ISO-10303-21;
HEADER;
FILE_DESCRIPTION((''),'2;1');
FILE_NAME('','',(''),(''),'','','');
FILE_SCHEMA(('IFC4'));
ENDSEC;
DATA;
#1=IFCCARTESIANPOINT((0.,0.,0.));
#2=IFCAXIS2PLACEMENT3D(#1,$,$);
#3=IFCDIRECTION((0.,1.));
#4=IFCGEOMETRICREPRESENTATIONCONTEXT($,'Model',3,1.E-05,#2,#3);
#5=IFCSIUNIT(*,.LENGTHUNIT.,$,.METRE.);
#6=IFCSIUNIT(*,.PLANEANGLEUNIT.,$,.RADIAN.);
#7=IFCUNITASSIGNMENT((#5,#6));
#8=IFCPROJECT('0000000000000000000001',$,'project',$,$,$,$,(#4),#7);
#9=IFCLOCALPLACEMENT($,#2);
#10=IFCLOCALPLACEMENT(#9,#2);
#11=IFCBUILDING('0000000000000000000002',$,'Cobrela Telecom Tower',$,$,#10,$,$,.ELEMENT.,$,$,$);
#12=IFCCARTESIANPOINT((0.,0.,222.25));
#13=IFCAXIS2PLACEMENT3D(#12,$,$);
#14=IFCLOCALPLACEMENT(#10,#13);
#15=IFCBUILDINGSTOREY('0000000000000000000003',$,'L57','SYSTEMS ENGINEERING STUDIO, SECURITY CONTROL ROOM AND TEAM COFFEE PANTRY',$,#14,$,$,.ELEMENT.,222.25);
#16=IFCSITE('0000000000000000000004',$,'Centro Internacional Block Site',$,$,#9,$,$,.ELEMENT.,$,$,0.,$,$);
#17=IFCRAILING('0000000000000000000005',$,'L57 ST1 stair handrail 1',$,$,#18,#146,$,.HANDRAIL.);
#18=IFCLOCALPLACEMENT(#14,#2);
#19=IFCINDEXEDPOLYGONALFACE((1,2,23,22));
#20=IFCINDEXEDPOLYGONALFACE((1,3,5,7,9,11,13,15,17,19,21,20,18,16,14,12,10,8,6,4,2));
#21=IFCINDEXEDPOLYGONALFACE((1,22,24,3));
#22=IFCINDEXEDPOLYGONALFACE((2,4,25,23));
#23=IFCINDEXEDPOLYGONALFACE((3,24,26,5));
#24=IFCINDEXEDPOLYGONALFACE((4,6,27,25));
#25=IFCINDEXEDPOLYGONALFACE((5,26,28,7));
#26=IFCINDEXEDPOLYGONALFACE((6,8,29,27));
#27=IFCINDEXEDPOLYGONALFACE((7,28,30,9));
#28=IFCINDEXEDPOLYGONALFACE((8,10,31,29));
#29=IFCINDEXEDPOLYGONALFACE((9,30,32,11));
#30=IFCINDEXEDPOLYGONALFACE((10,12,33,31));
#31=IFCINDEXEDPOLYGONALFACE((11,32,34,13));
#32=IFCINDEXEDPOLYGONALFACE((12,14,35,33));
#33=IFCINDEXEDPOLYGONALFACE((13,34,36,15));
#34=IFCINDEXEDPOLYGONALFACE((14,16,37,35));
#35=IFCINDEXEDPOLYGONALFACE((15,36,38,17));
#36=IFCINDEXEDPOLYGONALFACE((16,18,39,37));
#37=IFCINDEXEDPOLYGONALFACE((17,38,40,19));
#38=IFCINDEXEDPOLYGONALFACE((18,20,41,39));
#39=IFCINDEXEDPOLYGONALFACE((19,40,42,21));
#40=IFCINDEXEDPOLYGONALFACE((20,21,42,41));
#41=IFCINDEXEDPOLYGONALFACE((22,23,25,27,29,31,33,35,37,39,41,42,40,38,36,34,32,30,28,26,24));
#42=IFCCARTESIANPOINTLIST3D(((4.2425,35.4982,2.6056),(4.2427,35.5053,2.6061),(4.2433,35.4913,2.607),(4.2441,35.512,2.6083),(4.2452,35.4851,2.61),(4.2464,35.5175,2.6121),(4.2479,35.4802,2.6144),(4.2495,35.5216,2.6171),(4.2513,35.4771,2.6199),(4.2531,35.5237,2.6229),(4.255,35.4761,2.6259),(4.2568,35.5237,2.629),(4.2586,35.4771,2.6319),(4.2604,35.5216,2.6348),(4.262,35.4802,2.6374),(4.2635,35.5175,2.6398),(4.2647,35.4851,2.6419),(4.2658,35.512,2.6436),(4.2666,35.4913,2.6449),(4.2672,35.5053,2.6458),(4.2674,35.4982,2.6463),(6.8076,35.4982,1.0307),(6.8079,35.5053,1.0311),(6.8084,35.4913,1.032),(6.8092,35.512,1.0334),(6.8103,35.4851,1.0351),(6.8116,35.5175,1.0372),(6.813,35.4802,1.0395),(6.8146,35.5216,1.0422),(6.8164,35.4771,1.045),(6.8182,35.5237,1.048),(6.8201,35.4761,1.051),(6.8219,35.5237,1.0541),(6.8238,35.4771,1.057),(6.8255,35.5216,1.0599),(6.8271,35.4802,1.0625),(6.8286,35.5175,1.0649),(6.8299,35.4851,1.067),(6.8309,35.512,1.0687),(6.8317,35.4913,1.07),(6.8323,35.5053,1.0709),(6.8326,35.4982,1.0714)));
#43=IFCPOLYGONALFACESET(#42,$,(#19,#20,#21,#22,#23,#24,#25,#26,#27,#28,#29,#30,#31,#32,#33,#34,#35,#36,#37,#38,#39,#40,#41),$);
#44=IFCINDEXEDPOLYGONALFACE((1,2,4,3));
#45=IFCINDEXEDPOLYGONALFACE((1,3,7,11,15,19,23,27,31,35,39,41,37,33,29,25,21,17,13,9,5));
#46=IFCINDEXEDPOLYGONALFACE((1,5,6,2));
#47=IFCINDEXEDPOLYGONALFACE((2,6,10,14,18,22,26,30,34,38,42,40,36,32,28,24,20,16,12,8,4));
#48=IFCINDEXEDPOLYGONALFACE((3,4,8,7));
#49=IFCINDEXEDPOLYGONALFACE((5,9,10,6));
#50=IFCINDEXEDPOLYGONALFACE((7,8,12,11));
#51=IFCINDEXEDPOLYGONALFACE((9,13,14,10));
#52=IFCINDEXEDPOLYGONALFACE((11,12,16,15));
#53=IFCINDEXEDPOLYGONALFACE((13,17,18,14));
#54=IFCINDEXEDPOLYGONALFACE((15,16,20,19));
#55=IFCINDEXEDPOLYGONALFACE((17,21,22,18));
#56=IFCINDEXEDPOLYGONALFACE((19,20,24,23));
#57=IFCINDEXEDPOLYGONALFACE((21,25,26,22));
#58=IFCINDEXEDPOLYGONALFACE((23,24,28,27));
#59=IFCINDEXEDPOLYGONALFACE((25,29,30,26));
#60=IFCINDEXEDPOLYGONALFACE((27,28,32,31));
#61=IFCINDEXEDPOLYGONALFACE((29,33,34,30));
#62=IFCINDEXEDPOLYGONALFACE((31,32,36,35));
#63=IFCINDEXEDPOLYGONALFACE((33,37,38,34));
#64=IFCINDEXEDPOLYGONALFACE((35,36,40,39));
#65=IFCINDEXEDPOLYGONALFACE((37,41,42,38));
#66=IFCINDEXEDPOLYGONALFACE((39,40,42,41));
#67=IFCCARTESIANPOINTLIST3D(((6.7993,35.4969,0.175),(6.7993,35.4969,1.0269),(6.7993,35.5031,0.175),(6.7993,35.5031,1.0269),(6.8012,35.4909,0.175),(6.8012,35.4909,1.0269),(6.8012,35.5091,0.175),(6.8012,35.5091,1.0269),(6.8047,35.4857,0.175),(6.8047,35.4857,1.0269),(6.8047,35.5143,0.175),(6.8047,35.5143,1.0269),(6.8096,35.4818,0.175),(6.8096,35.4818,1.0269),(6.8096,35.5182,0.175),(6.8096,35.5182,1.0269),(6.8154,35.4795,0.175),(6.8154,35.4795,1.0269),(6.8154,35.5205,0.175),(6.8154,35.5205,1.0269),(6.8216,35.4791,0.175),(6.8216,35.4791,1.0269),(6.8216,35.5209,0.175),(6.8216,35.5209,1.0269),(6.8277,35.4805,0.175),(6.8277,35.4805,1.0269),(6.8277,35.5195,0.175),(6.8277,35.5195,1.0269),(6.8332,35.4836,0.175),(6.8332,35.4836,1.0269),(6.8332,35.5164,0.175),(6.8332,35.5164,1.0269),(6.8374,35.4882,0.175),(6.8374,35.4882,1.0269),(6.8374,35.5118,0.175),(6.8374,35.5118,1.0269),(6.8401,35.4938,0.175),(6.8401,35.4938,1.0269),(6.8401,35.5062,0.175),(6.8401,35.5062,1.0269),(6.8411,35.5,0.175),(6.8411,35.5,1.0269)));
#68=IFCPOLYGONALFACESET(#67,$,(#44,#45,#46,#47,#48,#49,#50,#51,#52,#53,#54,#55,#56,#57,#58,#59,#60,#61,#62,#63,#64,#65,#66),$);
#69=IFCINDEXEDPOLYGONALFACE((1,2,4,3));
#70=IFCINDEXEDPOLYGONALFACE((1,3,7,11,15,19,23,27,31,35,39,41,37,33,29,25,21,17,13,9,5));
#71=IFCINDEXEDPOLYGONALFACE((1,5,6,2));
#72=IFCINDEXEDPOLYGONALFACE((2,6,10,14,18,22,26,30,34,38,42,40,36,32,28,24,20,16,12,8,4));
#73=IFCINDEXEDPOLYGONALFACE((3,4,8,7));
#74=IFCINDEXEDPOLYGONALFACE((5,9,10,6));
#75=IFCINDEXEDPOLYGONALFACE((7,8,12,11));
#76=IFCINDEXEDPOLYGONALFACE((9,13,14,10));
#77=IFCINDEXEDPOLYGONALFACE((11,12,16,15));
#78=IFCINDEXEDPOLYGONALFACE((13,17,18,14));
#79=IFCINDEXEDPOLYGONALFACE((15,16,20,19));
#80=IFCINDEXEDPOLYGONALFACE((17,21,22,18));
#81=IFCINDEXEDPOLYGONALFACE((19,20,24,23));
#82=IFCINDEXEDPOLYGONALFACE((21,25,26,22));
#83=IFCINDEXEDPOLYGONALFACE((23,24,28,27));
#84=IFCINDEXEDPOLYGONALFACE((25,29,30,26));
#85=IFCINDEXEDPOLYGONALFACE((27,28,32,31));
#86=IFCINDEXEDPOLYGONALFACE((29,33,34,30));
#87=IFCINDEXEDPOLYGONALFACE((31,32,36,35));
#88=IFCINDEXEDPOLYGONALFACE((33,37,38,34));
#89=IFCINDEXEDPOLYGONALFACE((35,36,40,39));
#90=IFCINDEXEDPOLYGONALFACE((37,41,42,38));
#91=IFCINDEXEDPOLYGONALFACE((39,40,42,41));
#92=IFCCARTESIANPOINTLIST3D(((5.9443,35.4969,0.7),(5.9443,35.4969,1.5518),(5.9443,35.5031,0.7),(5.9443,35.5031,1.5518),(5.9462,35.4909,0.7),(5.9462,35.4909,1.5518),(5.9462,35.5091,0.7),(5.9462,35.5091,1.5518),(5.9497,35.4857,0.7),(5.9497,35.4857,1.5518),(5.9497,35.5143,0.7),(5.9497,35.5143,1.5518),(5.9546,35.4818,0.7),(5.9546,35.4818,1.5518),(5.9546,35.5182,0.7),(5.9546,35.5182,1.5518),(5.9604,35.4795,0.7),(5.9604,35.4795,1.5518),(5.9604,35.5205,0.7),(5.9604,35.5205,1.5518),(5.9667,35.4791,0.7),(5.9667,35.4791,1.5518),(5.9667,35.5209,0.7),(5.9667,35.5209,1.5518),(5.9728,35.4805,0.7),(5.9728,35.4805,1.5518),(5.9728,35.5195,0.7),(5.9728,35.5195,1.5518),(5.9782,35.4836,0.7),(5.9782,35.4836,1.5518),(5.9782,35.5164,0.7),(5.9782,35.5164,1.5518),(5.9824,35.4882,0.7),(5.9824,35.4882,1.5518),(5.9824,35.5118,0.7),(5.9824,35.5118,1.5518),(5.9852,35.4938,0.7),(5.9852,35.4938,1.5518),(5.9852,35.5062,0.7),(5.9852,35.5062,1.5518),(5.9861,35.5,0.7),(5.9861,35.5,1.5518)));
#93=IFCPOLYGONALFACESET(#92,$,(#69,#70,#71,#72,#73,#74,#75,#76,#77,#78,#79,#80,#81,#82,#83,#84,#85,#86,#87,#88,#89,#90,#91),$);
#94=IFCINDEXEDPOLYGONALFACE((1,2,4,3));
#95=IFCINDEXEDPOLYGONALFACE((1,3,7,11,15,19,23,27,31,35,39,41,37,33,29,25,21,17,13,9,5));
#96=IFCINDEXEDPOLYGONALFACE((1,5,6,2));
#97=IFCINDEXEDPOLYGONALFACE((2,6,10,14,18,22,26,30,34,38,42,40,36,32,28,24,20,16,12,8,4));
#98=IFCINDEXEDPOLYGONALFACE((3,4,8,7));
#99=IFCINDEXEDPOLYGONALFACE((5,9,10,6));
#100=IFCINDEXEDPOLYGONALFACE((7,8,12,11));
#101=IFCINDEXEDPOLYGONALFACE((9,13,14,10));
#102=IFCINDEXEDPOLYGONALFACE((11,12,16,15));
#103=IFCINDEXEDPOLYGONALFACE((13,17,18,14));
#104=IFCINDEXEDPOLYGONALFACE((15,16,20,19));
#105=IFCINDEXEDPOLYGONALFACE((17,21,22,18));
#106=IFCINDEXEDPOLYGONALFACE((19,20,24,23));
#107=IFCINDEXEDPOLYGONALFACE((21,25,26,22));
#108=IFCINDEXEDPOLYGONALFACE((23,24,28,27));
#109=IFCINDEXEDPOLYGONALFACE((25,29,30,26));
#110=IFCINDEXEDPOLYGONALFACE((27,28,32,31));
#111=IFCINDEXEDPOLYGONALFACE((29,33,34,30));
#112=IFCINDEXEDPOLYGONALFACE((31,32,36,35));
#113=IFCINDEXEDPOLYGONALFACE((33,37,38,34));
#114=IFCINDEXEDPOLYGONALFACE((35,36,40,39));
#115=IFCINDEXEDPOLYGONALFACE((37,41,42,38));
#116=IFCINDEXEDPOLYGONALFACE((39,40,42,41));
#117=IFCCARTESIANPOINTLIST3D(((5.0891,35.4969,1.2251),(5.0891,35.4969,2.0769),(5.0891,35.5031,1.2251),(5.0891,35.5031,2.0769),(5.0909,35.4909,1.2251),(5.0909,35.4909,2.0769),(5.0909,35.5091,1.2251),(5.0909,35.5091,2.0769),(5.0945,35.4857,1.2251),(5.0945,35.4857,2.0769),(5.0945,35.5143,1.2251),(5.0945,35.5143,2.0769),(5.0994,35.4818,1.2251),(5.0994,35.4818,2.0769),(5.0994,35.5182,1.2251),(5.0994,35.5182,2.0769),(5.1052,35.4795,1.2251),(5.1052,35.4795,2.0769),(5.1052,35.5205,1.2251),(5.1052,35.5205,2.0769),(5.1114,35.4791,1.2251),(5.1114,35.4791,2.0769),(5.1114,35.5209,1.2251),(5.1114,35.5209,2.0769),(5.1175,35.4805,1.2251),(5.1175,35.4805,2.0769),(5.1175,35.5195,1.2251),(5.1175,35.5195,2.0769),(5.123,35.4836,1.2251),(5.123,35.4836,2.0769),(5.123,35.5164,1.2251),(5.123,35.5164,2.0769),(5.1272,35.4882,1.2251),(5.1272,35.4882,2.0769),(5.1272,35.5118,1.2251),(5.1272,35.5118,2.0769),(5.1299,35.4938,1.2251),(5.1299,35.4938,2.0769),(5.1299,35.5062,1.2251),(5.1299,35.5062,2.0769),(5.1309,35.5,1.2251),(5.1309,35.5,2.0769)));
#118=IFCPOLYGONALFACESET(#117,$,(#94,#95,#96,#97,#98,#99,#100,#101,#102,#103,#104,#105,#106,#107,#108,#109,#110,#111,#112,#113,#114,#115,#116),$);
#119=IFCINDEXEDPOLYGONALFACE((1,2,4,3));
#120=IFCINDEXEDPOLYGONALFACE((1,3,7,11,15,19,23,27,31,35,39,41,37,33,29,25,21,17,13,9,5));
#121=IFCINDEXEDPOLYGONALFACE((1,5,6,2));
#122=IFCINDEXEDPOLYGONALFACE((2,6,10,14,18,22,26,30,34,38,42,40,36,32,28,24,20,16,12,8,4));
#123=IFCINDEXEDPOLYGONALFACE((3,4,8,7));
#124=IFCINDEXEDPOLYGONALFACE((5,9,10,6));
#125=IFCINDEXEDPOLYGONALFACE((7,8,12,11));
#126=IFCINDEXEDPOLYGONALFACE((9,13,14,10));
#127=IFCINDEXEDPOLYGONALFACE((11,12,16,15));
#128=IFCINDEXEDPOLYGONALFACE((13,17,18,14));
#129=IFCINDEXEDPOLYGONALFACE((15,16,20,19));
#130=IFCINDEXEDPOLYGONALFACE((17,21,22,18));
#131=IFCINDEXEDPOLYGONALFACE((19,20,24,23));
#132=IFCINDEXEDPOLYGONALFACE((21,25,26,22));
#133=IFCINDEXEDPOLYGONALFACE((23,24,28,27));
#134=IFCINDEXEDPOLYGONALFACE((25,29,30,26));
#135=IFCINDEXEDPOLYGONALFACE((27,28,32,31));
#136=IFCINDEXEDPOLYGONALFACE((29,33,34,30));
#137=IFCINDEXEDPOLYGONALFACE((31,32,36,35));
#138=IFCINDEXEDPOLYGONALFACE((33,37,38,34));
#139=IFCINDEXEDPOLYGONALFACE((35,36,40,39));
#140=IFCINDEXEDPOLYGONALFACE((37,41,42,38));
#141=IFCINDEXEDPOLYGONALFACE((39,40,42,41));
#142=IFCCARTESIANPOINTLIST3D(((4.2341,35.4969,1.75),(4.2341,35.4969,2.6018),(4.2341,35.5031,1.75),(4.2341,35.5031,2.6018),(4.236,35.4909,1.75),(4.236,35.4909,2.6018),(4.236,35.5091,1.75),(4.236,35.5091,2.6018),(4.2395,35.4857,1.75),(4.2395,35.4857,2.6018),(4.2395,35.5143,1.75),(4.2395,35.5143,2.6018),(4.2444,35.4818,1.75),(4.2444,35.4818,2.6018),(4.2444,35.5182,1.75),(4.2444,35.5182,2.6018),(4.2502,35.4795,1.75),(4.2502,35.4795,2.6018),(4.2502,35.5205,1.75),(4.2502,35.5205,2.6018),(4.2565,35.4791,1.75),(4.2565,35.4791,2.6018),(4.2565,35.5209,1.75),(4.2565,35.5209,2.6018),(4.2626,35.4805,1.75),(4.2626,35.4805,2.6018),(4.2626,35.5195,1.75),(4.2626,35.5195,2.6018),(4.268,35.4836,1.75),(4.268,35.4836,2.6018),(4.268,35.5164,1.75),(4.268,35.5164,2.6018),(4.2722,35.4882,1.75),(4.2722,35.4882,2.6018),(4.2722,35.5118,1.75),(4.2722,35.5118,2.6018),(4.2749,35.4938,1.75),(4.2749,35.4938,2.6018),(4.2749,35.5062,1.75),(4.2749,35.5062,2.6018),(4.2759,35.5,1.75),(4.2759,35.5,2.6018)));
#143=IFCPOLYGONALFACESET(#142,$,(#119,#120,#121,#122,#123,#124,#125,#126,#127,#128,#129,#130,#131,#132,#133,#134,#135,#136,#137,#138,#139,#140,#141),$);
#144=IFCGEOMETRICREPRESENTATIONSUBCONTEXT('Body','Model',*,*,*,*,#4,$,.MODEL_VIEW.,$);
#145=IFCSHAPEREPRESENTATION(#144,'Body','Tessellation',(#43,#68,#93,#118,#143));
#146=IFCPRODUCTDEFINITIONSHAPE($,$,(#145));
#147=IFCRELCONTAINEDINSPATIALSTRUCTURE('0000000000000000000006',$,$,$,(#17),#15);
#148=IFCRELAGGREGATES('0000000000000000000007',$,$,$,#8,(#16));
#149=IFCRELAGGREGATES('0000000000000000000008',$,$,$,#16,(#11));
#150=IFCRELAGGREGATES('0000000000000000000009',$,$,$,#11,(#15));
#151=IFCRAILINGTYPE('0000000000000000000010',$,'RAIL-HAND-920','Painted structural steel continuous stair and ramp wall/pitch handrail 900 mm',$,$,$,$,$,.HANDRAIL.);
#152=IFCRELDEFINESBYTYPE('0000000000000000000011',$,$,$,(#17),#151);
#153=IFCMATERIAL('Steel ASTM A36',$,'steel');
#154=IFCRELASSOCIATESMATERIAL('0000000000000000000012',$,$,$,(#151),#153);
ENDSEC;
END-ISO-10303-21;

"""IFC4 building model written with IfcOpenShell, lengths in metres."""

from ifc_helpers import new_model, si_unit, direction, frame, origin, origin_2d, place, context, subcontext, project, spatial, circle, extrude, material, type_object, element, save


model = new_model("IFC4")

# Units and contexts
model_context = context("Model", 3, precision=1e-05, world=origin(), true_north=direction((0.0, 1.0)))
body_context = subcontext(model_context, "Body", "Model", "MODEL_VIEW")
ifc_project = project(units=[si_unit("LENGTHUNIT", "METRE"), si_unit("PLANEANGLEUNIT", "RADIAN")], contexts=[model_context])

# Site, building, storey
site_placement = place(None, origin())
site = spatial("IfcSite", under=ifc_project, at=site_placement, Name="Centro Internacional Block Site", CompositionType="ELEMENT", RefElevation=0.0)
building_placement = place(site_placement, origin())
building = spatial("IfcBuilding", under=site, at=building_placement, Name="Cobrela Telecom Tower", CompositionType="ELEMENT")
storey_placement = place(building_placement, frame((0.0, 0.0, 222.25)))
storey = spatial("IfcBuildingStorey", under=building, at=storey_placement, Name="L57", Description="SYSTEMS ENGINEERING STUDIO, SECURITY CONTROL ROOM AND TEAM COFFEE PANTRY", CompositionType="ELEMENT", Elevation=222.25)

# Shared definitions
ifc_material_1 = material(Name="Steel ASTM A36", Category="steel")

# Railing
railing_type_1 = type_object("IfcRailingType", Name="RAIL-HAND-920", Description="Painted structural steel continuous stair and ramp wall/pitch handrail 900 mm", PredefinedType="HANDRAIL", material=ifc_material_1)
railing_1_placement = place(storey_placement, frame((6.8201, 35.5, 0.175)))
element("IfcRailing", 1, at=railing_1_placement, inside=storey, type_object=railing_type_1, Name="L57 ST1 stair handrail 1", PredefinedType="HANDRAIL", context=body_context, shape_type="SweptSolid", body=[
    extrude(circle(Radius=0.0239, at=origin_2d()), frame((0.0, 0.0, 0.876), z_axis=(-0.852195, 0.0, 0.523224), x_axis=(0.0, -1.0, 0.0)), (0.0, 0.0, 1.0), 3.01),
    extrude(circle(Radius=0.021, at=origin_2d()), origin(), (0.0, 0.0, 1.0), 0.8518),
    extrude(circle(Radius=0.021, at=origin_2d()), frame((-0.855, 0.0, 0.5249)), (0.0, 0.0, 1.0), 0.8518),
    extrude(circle(Radius=0.021, at=origin_2d()), frame((-1.7102, 0.0, 1.05)), (0.0, 0.0, 1.0), 0.8518),
    extrude(circle(Radius=0.021, at=origin_2d()), frame((-2.5652, 0.0, 1.575)), (0.0, 0.0, 1.0), 0.8518),
])

save(model, "model.ifc")
